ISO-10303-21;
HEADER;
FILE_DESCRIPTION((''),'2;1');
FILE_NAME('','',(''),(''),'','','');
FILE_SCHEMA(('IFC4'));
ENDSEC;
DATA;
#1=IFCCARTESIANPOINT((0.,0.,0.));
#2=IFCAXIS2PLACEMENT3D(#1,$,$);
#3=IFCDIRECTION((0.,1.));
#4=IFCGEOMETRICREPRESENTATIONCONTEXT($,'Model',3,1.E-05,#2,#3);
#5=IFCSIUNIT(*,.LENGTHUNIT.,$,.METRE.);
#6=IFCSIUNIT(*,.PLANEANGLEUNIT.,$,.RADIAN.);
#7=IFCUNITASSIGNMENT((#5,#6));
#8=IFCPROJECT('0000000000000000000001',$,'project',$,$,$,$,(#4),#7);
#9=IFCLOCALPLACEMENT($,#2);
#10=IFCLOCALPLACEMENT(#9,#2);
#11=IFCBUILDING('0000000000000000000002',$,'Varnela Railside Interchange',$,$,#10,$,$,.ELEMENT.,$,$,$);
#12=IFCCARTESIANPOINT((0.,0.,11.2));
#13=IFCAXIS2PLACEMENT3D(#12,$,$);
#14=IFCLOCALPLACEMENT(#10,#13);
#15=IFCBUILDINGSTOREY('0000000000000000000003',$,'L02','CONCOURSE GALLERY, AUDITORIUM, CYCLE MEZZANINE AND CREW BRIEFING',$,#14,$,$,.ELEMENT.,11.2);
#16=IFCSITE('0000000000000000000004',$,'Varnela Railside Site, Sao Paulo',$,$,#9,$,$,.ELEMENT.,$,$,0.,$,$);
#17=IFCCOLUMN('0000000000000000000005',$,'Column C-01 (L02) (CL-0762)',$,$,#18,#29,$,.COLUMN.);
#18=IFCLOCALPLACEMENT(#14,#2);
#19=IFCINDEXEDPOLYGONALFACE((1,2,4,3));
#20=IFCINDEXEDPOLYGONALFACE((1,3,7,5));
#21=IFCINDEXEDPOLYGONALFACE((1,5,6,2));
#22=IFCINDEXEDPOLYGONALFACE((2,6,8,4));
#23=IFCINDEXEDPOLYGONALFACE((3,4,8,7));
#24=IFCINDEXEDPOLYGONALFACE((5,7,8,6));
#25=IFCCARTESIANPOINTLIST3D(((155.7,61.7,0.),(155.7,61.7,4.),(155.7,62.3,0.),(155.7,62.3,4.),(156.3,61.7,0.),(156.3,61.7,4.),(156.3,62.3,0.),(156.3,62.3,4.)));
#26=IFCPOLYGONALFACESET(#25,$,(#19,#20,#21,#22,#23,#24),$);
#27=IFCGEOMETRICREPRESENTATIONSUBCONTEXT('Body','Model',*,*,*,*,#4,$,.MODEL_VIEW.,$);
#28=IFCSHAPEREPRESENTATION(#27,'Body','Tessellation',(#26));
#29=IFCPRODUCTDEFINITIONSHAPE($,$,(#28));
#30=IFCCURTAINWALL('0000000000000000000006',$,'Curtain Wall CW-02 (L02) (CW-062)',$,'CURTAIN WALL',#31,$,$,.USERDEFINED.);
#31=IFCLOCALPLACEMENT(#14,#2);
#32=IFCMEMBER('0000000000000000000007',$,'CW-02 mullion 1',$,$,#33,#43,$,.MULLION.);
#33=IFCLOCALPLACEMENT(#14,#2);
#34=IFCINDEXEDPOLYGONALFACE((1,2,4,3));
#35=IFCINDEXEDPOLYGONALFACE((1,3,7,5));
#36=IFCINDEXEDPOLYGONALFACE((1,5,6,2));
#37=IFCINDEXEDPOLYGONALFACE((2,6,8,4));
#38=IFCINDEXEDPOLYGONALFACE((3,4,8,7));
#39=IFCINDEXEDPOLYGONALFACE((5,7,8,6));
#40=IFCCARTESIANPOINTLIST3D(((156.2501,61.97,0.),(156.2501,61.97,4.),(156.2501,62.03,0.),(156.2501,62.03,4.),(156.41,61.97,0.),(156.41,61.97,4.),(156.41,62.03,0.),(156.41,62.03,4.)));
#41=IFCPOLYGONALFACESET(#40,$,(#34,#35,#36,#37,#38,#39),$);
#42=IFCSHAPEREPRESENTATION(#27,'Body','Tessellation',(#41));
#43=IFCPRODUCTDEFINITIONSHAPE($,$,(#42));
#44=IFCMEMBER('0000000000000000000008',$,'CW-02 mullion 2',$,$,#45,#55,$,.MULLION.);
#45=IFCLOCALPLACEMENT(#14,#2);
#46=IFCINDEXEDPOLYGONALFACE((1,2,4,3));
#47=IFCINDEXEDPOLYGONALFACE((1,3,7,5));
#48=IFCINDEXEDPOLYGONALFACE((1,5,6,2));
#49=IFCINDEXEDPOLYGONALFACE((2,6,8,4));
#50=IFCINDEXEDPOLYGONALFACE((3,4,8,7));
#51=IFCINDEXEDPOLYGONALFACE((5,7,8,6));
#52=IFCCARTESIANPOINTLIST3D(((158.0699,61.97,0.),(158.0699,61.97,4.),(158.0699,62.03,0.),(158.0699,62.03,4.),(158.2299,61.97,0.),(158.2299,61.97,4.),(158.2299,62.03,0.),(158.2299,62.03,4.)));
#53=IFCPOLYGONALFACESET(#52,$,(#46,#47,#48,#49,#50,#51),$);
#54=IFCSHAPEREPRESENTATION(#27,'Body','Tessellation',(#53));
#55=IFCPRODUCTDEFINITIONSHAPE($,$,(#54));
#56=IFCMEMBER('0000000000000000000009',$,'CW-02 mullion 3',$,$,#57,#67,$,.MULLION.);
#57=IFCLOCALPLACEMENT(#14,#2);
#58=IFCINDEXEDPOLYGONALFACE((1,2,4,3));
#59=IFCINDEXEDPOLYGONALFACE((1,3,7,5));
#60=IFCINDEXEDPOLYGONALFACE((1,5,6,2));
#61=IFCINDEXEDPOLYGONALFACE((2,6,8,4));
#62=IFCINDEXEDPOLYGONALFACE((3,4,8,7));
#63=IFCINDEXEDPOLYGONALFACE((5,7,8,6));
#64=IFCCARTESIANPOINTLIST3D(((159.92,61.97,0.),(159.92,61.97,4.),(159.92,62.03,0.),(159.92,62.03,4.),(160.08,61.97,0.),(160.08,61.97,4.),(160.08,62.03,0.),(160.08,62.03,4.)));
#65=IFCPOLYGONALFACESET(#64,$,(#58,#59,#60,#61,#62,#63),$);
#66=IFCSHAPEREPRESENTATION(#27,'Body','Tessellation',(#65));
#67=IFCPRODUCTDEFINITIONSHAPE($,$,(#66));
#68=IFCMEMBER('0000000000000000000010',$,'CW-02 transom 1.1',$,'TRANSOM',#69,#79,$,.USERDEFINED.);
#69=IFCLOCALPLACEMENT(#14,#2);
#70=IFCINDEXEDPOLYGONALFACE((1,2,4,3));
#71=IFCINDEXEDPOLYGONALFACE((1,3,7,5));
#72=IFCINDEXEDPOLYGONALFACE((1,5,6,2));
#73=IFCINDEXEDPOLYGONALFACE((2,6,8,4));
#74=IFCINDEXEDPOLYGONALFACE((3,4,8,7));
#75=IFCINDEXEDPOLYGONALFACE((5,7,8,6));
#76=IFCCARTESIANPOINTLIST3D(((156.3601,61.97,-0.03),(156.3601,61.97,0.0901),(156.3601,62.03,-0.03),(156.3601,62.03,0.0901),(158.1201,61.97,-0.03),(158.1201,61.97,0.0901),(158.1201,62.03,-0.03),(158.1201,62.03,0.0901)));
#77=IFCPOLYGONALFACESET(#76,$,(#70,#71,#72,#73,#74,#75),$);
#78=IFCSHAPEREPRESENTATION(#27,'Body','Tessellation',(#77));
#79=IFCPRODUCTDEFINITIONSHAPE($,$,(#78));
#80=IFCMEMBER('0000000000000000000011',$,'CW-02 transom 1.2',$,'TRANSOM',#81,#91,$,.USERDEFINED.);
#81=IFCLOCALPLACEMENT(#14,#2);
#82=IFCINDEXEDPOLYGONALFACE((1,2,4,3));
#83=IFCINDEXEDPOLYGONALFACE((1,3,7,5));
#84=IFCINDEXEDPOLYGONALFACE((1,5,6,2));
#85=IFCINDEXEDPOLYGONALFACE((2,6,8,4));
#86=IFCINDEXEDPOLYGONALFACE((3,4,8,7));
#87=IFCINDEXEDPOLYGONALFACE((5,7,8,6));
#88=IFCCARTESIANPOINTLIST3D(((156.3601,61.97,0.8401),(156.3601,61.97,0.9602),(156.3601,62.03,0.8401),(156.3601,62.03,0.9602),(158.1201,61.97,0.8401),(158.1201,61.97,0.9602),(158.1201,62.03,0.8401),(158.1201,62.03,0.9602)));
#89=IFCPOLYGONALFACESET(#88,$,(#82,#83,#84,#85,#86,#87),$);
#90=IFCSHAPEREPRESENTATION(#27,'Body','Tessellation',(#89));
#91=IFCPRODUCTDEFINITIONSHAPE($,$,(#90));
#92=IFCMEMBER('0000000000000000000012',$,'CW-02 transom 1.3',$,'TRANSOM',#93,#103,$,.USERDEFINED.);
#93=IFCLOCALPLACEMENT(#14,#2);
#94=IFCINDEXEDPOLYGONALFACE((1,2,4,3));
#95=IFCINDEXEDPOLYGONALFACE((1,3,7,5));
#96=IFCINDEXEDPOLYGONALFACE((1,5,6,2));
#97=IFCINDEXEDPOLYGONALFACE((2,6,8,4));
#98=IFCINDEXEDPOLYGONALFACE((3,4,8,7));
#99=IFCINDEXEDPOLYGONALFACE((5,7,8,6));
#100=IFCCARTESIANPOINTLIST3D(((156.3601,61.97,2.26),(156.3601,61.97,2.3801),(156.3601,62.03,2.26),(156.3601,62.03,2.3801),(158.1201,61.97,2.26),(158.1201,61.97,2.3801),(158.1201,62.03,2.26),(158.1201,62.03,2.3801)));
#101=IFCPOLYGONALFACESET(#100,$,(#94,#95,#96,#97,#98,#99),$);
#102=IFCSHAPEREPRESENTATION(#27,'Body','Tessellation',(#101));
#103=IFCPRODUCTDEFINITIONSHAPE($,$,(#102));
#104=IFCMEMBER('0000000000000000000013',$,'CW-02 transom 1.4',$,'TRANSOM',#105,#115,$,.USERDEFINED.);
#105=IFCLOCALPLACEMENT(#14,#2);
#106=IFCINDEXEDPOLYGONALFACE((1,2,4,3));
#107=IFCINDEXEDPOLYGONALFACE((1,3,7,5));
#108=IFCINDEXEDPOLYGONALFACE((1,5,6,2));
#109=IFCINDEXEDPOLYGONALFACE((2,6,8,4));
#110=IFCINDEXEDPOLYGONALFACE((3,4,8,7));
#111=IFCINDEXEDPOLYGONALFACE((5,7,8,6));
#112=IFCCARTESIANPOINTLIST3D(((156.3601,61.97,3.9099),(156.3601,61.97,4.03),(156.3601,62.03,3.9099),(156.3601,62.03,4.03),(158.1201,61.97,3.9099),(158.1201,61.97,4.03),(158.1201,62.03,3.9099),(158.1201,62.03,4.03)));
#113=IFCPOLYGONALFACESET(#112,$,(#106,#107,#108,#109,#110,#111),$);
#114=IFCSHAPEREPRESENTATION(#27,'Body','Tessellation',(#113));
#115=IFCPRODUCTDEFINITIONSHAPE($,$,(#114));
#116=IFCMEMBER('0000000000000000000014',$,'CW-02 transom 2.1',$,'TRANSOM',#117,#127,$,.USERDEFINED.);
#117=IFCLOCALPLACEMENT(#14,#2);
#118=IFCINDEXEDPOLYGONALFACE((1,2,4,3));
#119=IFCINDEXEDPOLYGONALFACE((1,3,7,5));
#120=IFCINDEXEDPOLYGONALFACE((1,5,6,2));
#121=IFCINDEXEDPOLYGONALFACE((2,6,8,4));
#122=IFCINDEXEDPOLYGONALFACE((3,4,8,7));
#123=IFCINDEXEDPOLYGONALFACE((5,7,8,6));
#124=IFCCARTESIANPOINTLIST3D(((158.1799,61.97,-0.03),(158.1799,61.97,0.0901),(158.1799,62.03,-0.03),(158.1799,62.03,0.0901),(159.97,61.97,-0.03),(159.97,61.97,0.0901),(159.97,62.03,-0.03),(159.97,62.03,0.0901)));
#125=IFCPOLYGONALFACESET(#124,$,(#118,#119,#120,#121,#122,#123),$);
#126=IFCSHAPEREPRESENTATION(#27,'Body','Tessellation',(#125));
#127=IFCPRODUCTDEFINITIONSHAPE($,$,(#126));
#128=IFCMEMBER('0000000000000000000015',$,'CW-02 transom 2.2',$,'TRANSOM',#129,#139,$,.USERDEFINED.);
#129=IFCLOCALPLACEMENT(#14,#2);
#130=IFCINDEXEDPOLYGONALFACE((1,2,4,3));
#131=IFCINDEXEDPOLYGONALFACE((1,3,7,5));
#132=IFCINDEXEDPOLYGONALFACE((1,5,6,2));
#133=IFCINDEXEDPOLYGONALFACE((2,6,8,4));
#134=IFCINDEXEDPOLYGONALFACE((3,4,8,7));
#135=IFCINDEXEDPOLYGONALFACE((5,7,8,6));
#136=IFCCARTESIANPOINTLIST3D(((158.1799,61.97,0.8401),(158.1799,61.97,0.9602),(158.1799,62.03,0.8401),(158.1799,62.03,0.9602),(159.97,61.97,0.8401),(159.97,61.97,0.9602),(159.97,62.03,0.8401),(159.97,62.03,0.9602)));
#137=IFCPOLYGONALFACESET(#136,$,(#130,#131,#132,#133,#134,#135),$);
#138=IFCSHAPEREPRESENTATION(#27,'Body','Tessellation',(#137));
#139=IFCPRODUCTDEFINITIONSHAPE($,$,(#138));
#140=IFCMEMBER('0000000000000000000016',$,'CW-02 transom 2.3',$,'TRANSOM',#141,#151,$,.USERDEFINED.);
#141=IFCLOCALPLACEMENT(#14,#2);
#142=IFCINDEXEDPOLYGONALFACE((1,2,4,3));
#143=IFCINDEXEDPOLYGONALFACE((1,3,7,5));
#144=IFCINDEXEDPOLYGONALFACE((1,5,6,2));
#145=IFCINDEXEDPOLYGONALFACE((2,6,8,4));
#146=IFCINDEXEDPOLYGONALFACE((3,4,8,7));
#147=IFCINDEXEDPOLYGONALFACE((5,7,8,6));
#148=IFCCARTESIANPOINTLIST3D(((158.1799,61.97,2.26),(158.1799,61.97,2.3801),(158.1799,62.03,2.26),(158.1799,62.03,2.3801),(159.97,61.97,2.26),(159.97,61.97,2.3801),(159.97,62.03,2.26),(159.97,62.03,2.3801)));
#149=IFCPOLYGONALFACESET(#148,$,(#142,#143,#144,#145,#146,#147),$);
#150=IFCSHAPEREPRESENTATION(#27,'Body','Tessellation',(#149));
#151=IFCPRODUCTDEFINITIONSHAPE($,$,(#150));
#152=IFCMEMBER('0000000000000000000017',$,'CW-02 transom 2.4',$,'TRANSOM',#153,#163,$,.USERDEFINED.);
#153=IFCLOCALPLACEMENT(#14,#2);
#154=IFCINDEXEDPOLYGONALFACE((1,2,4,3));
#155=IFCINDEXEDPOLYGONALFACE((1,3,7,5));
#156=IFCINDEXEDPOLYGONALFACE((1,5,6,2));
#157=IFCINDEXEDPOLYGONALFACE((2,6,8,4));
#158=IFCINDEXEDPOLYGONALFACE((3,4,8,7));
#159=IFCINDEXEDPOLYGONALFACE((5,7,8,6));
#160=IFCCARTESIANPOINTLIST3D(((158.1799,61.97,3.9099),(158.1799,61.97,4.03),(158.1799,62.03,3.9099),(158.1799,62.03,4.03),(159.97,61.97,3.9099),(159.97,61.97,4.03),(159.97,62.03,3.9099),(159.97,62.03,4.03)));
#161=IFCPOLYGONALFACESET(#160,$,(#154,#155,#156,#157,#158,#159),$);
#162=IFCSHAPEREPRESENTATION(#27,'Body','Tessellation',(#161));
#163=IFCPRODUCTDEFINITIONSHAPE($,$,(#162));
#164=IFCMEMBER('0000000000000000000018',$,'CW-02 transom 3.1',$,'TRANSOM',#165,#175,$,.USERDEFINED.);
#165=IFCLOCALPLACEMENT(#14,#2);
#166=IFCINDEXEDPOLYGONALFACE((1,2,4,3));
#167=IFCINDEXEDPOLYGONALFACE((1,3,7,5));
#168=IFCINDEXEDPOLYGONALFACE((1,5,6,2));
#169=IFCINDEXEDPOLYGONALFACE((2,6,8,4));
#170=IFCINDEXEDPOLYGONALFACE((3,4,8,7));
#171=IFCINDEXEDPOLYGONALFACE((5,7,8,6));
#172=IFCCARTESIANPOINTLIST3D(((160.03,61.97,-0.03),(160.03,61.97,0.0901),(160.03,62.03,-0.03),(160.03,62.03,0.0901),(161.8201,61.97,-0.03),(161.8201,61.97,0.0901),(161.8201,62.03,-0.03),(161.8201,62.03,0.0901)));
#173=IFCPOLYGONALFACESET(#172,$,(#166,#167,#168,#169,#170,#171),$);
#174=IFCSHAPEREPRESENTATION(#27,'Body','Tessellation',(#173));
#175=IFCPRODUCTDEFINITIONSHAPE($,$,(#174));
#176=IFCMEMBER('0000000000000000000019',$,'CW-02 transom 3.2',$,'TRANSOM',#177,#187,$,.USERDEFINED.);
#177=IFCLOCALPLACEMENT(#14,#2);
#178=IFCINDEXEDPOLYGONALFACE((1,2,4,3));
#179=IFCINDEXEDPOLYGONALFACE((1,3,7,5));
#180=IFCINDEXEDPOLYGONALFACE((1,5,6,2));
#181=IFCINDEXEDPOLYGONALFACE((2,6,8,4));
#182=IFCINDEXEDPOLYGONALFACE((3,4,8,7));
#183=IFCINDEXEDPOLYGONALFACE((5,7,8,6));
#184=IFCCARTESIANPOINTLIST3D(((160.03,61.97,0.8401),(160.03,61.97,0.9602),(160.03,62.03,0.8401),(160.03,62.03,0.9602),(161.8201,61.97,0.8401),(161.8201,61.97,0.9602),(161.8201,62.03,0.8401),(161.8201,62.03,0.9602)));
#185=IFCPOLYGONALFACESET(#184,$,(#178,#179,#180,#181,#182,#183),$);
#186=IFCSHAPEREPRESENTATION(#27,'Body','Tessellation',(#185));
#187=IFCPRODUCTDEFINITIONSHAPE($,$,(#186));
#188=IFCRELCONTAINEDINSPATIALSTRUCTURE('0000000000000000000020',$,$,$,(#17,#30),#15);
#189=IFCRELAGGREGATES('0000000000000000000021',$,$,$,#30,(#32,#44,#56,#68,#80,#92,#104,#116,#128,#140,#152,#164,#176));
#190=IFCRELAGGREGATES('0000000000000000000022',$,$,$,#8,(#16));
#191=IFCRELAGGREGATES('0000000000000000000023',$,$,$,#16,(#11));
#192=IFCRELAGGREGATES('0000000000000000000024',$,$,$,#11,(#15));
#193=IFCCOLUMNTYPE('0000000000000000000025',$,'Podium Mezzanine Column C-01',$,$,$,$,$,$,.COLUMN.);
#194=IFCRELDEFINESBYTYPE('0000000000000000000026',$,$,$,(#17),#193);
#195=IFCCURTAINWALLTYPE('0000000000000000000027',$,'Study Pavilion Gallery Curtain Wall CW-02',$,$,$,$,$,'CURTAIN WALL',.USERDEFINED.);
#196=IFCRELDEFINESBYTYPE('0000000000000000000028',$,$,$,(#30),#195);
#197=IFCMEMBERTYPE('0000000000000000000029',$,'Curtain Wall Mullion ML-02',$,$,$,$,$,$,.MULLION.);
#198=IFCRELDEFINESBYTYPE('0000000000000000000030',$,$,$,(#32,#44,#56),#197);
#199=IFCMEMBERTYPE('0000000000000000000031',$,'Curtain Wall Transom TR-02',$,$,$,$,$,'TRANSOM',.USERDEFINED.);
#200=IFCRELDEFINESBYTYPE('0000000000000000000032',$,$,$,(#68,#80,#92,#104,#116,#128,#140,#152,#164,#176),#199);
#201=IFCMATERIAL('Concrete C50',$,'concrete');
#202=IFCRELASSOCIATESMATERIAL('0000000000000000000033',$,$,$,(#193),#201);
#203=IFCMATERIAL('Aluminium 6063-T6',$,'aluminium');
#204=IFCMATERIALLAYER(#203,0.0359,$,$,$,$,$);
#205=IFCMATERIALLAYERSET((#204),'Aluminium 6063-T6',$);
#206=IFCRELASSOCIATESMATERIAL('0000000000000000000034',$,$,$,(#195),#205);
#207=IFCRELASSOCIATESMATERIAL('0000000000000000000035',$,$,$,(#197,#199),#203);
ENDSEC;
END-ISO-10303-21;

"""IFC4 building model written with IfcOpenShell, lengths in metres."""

from ifc_helpers import new_model, si_unit, direction, frame, origin, origin_2d, place, context, subcontext, project, spatial, rectangle, extrude, material, layer, layer_set, material_profile, profile_set, type_object, element, aggregate, save


model = new_model("IFC4")

# Units and contexts
model_context = context("Model", 3, precision=1e-05, world=origin(), true_north=direction((0.0, 1.0)))
body_context = subcontext(model_context, "Body", "Model", "MODEL_VIEW")
ifc_project = project(units=[si_unit("LENGTHUNIT", "METRE"), si_unit("PLANEANGLEUNIT", "RADIAN")], contexts=[model_context])

# Site, building, storey
site_placement = place(None, origin())
site = spatial("IfcSite", under=ifc_project, at=site_placement, Name="Varnela Railside Site, Sao Paulo", CompositionType="ELEMENT", RefElevation=0.0)
building_placement = place(site_placement, origin())
building = spatial("IfcBuilding", under=site, at=building_placement, Name="Varnela Railside Interchange", CompositionType="ELEMENT")
storey_placement = place(building_placement, frame((0.0, 0.0, 11.2)))
storey = spatial("IfcBuildingStorey", under=building, at=storey_placement, Name="L02", Description="CONCOURSE GALLERY, AUDITORIUM, CYCLE MEZZANINE AND CREW BRIEFING", CompositionType="ELEMENT", Elevation=11.2)

# Column
ifc_material_1 = material(Name="Concrete C50", Category="concrete")
ifc_material_profile_1 = material_profile(ifc_material_1, rectangle(XDim=0.6001, YDim=0.6001, at=origin_2d()), Name="RC 600x600")
ifc_profile_set_1 = profile_set([ifc_material_profile_1], Name="Concrete C50")
column_type = type_object("IfcColumnType", Name="Podium Mezzanine Column C-01", PredefinedType="COLUMN", material=ifc_profile_set_1)
column_placement = place(storey_placement, frame((156.0, 62.0, 0.0), z_axis=(0.0, 0.0, 1.0), x_axis=(1.0, 0.0, 0.0)))
element("IfcColumn", 1, at=column_placement, inside=storey, type_object=column_type, Name="Column C-01 (L02) (CL-0762)", PredefinedType="COLUMN", context=body_context, shape_type="SweptSolid", body=[
    extrude(rectangle(XDim=0.6001, YDim=0.6001, at=origin_2d()), origin(), (0.0, 0.0, 1.0), 4.0),
])

# Curtain wall, members
ifc_material_2 = material(Name="Aluminium 6063-T6", Category="aluminium")
ifc_layer_1 = layer(ifc_material_2, 0.0359)
ifc_layer_set_1 = layer_set([ifc_layer_1], Name="Aluminium 6063-T6")
curtain_wall_type = type_object("IfcCurtainWallType", Name="Study Pavilion Gallery Curtain Wall CW-02", ElementType="CURTAIN WALL", PredefinedType="USERDEFINED", material=ifc_layer_set_1)
curtain_wall_placement = place(storey_placement, origin())
curtain_wall = element("IfcCurtainWall", 2, at=curtain_wall_placement, inside=storey, type_object=curtain_wall_type, Name="Curtain Wall CW-02 (L02) (CW-062)", ObjectType="CURTAIN WALL", PredefinedType="USERDEFINED")
ifc_material_profile_2 = material_profile(ifc_material_2, rectangle(XDim=0.0601, YDim=0.1599, at=origin_2d()), Name="ALU 60x160")
ifc_profile_set_2 = profile_set([ifc_material_profile_2], Name="Aluminium 6063-T6")
member_type_1 = type_object("IfcMemberType", Name="Curtain Wall Mullion ML-02", PredefinedType="MULLION", material=ifc_profile_set_2)
member_1_placement = place(storey_placement, frame((156.3301, 62.0, 0.0), z_axis=(0.0, 0.0, 1.0), x_axis=(0.0, 1.0, 0.0)))
member_1 = element("IfcMember", 3, at=member_1_placement, type_object=member_type_1, Name="CW-02 mullion 1", PredefinedType="MULLION", context=body_context, shape_type="SweptSolid", body=[
    extrude(rectangle(XDim=0.0601, YDim=0.1599, at=origin_2d()), origin(), (0.0, 0.0, 1.0), 4.0),
])
member_2_placement = place(storey_placement, frame((158.1499, 62.0, 0.0), z_axis=(0.0, 0.0, 1.0), x_axis=(0.0, 1.0, 0.0)))
member_2 = element("IfcMember", 4, at=member_2_placement, type_object=member_type_1, Name="CW-02 mullion 2", PredefinedType="MULLION", context=body_context, shape_type="SweptSolid", body=[
    extrude(rectangle(XDim=0.0601, YDim=0.1599, at=origin_2d()), origin(), (0.0, 0.0, 1.0), 4.0),
])
member_3_placement = place(storey_placement, frame((160.0, 62.0, 0.0), z_axis=(0.0, 0.0, 1.0), x_axis=(0.0, 1.0, 0.0)))
member_3 = element("IfcMember", 5, at=member_3_placement, type_object=member_type_1, Name="CW-02 mullion 3", PredefinedType="MULLION", context=body_context, shape_type="SweptSolid", body=[
    extrude(rectangle(XDim=0.0601, YDim=0.1599, at=origin_2d()), origin(), (0.0, 0.0, 1.0), 4.0),
])
ifc_material_profile_3 = material_profile(ifc_material_2, rectangle(XDim=0.0601, YDim=0.1201, at=origin_2d()), Name="ALU 60x120")
ifc_profile_set_3 = profile_set([ifc_material_profile_3], Name="Aluminium 6063-T6")
member_type_2 = type_object("IfcMemberType", Name="Curtain Wall Transom TR-02", ElementType="TRANSOM", PredefinedType="USERDEFINED", material=ifc_profile_set_3)
member_4_placement = place(storey_placement, frame((156.3601, 62.0, 0.03), z_axis=(1.0, 0.0, 0.0), x_axis=(0.0, 1.0, 0.0)))
member_4 = element("IfcMember", 6, at=member_4_placement, type_object=member_type_2, Name="CW-02 transom 1.1", ObjectType="TRANSOM", PredefinedType="USERDEFINED", context=body_context, shape_type="SweptSolid", body=[
    extrude(rectangle(XDim=0.0601, YDim=0.1201, at=origin_2d()), origin(), (0.0, 0.0, 1.0), 1.76),
])
member_5_placement = place(storey_placement, frame((156.3601, 62.0, 0.9001), z_axis=(1.0, 0.0, 0.0), x_axis=(0.0, 1.0, 0.0)))
member_5 = element("IfcMember", 7, at=member_5_placement, type_object=member_type_2, Name="CW-02 transom 1.2", ObjectType="TRANSOM", PredefinedType="USERDEFINED", context=body_context, shape_type="SweptSolid", body=[
    extrude(rectangle(XDim=0.0601, YDim=0.1201, at=origin_2d()), origin(), (0.0, 0.0, 1.0), 1.76),
])
member_6_placement = place(storey_placement, frame((156.3601, 62.0, 2.3201), z_axis=(1.0, 0.0, 0.0), x_axis=(0.0, 1.0, 0.0)))
member_6 = element("IfcMember", 8, at=member_6_placement, type_object=member_type_2, Name="CW-02 transom 1.3", ObjectType="TRANSOM", PredefinedType="USERDEFINED", context=body_context, shape_type="SweptSolid", body=[
    extrude(rectangle(XDim=0.0601, YDim=0.1201, at=origin_2d()), origin(), (0.0, 0.0, 1.0), 1.76),
])
member_7_placement = place(storey_placement, frame((156.3601, 62.0, 3.97), z_axis=(1.0, 0.0, 0.0), x_axis=(0.0, 1.0, 0.0)))
member_7 = element("IfcMember", 9, at=member_7_placement, type_object=member_type_2, Name="CW-02 transom 1.4", ObjectType="TRANSOM", PredefinedType="USERDEFINED", context=body_context, shape_type="SweptSolid", body=[
    extrude(rectangle(XDim=0.0601, YDim=0.1201, at=origin_2d()), origin(), (0.0, 0.0, 1.0), 1.76),
])
member_8_placement = place(storey_placement, frame((158.1799, 62.0, 0.03), z_axis=(1.0, 0.0, 0.0), x_axis=(0.0, 1.0, 0.0)))
member_8 = element("IfcMember", 10, at=member_8_placement, type_object=member_type_2, Name="CW-02 transom 2.1", ObjectType="TRANSOM", PredefinedType="USERDEFINED", context=body_context, shape_type="SweptSolid", body=[
    extrude(rectangle(XDim=0.0601, YDim=0.1201, at=origin_2d()), origin(), (0.0, 0.0, 1.0), 1.79),
])
member_9_placement = place(storey_placement, frame((158.1799, 62.0, 0.9001), z_axis=(1.0, 0.0, 0.0), x_axis=(0.0, 1.0, 0.0)))
member_9 = element("IfcMember", 11, at=member_9_placement, type_object=member_type_2, Name="CW-02 transom 2.2", ObjectType="TRANSOM", PredefinedType="USERDEFINED", context=body_context, shape_type="SweptSolid", body=[
    extrude(rectangle(XDim=0.0601, YDim=0.1201, at=origin_2d()), origin(), (0.0, 0.0, 1.0), 1.79),
])
member_10_placement = place(storey_placement, frame((158.1799, 62.0, 2.3201), z_axis=(1.0, 0.0, 0.0), x_axis=(0.0, 1.0, 0.0)))
member_10 = element("IfcMember", 12, at=member_10_placement, type_object=member_type_2, Name="CW-02 transom 2.3", ObjectType="TRANSOM", PredefinedType="USERDEFINED", context=body_context, shape_type="SweptSolid", body=[
    extrude(rectangle(XDim=0.0601, YDim=0.1201, at=origin_2d()), origin(), (0.0, 0.0, 1.0), 1.79),
])
member_11_placement = place(storey_placement, frame((158.1799, 62.0, 3.97), z_axis=(1.0, 0.0, 0.0), x_axis=(0.0, 1.0, 0.0)))
member_11 = element("IfcMember", 13, at=member_11_placement, type_object=member_type_2, Name="CW-02 transom 2.4", ObjectType="TRANSOM", PredefinedType="USERDEFINED", context=body_context, shape_type="SweptSolid", body=[
    extrude(rectangle(XDim=0.0601, YDim=0.1201, at=origin_2d()), origin(), (0.0, 0.0, 1.0), 1.79),
])
member_12_placement = place(storey_placement, frame((160.03, 62.0, 0.03), z_axis=(1.0, 0.0, 0.0), x_axis=(0.0, 1.0, 0.0)))
member_12 = element("IfcMember", 14, at=member_12_placement, type_object=member_type_2, Name="CW-02 transom 3.1", ObjectType="TRANSOM", PredefinedType="USERDEFINED", context=body_context, shape_type="SweptSolid", body=[
    extrude(rectangle(XDim=0.0601, YDim=0.1201, at=origin_2d()), origin(), (0.0, 0.0, 1.0), 1.79),
])
member_13_placement = place(storey_placement, frame((160.03, 62.0, 0.9001), z_axis=(1.0, 0.0, 0.0), x_axis=(0.0, 1.0, 0.0)))
member_13 = element("IfcMember", 15, at=member_13_placement, type_object=member_type_2, Name="CW-02 transom 3.2", ObjectType="TRANSOM", PredefinedType="USERDEFINED", context=body_context, shape_type="SweptSolid", body=[
    extrude(rectangle(XDim=0.0601, YDim=0.1201, at=origin_2d()), origin(), (0.0, 0.0, 1.0), 1.79),
])

aggregate(curtain_wall, [member_1, member_2, member_3, member_4, member_5, member_6, member_7, member_8, member_9, member_10, member_11, member_12, member_13])

save(model, "model.ifc")
